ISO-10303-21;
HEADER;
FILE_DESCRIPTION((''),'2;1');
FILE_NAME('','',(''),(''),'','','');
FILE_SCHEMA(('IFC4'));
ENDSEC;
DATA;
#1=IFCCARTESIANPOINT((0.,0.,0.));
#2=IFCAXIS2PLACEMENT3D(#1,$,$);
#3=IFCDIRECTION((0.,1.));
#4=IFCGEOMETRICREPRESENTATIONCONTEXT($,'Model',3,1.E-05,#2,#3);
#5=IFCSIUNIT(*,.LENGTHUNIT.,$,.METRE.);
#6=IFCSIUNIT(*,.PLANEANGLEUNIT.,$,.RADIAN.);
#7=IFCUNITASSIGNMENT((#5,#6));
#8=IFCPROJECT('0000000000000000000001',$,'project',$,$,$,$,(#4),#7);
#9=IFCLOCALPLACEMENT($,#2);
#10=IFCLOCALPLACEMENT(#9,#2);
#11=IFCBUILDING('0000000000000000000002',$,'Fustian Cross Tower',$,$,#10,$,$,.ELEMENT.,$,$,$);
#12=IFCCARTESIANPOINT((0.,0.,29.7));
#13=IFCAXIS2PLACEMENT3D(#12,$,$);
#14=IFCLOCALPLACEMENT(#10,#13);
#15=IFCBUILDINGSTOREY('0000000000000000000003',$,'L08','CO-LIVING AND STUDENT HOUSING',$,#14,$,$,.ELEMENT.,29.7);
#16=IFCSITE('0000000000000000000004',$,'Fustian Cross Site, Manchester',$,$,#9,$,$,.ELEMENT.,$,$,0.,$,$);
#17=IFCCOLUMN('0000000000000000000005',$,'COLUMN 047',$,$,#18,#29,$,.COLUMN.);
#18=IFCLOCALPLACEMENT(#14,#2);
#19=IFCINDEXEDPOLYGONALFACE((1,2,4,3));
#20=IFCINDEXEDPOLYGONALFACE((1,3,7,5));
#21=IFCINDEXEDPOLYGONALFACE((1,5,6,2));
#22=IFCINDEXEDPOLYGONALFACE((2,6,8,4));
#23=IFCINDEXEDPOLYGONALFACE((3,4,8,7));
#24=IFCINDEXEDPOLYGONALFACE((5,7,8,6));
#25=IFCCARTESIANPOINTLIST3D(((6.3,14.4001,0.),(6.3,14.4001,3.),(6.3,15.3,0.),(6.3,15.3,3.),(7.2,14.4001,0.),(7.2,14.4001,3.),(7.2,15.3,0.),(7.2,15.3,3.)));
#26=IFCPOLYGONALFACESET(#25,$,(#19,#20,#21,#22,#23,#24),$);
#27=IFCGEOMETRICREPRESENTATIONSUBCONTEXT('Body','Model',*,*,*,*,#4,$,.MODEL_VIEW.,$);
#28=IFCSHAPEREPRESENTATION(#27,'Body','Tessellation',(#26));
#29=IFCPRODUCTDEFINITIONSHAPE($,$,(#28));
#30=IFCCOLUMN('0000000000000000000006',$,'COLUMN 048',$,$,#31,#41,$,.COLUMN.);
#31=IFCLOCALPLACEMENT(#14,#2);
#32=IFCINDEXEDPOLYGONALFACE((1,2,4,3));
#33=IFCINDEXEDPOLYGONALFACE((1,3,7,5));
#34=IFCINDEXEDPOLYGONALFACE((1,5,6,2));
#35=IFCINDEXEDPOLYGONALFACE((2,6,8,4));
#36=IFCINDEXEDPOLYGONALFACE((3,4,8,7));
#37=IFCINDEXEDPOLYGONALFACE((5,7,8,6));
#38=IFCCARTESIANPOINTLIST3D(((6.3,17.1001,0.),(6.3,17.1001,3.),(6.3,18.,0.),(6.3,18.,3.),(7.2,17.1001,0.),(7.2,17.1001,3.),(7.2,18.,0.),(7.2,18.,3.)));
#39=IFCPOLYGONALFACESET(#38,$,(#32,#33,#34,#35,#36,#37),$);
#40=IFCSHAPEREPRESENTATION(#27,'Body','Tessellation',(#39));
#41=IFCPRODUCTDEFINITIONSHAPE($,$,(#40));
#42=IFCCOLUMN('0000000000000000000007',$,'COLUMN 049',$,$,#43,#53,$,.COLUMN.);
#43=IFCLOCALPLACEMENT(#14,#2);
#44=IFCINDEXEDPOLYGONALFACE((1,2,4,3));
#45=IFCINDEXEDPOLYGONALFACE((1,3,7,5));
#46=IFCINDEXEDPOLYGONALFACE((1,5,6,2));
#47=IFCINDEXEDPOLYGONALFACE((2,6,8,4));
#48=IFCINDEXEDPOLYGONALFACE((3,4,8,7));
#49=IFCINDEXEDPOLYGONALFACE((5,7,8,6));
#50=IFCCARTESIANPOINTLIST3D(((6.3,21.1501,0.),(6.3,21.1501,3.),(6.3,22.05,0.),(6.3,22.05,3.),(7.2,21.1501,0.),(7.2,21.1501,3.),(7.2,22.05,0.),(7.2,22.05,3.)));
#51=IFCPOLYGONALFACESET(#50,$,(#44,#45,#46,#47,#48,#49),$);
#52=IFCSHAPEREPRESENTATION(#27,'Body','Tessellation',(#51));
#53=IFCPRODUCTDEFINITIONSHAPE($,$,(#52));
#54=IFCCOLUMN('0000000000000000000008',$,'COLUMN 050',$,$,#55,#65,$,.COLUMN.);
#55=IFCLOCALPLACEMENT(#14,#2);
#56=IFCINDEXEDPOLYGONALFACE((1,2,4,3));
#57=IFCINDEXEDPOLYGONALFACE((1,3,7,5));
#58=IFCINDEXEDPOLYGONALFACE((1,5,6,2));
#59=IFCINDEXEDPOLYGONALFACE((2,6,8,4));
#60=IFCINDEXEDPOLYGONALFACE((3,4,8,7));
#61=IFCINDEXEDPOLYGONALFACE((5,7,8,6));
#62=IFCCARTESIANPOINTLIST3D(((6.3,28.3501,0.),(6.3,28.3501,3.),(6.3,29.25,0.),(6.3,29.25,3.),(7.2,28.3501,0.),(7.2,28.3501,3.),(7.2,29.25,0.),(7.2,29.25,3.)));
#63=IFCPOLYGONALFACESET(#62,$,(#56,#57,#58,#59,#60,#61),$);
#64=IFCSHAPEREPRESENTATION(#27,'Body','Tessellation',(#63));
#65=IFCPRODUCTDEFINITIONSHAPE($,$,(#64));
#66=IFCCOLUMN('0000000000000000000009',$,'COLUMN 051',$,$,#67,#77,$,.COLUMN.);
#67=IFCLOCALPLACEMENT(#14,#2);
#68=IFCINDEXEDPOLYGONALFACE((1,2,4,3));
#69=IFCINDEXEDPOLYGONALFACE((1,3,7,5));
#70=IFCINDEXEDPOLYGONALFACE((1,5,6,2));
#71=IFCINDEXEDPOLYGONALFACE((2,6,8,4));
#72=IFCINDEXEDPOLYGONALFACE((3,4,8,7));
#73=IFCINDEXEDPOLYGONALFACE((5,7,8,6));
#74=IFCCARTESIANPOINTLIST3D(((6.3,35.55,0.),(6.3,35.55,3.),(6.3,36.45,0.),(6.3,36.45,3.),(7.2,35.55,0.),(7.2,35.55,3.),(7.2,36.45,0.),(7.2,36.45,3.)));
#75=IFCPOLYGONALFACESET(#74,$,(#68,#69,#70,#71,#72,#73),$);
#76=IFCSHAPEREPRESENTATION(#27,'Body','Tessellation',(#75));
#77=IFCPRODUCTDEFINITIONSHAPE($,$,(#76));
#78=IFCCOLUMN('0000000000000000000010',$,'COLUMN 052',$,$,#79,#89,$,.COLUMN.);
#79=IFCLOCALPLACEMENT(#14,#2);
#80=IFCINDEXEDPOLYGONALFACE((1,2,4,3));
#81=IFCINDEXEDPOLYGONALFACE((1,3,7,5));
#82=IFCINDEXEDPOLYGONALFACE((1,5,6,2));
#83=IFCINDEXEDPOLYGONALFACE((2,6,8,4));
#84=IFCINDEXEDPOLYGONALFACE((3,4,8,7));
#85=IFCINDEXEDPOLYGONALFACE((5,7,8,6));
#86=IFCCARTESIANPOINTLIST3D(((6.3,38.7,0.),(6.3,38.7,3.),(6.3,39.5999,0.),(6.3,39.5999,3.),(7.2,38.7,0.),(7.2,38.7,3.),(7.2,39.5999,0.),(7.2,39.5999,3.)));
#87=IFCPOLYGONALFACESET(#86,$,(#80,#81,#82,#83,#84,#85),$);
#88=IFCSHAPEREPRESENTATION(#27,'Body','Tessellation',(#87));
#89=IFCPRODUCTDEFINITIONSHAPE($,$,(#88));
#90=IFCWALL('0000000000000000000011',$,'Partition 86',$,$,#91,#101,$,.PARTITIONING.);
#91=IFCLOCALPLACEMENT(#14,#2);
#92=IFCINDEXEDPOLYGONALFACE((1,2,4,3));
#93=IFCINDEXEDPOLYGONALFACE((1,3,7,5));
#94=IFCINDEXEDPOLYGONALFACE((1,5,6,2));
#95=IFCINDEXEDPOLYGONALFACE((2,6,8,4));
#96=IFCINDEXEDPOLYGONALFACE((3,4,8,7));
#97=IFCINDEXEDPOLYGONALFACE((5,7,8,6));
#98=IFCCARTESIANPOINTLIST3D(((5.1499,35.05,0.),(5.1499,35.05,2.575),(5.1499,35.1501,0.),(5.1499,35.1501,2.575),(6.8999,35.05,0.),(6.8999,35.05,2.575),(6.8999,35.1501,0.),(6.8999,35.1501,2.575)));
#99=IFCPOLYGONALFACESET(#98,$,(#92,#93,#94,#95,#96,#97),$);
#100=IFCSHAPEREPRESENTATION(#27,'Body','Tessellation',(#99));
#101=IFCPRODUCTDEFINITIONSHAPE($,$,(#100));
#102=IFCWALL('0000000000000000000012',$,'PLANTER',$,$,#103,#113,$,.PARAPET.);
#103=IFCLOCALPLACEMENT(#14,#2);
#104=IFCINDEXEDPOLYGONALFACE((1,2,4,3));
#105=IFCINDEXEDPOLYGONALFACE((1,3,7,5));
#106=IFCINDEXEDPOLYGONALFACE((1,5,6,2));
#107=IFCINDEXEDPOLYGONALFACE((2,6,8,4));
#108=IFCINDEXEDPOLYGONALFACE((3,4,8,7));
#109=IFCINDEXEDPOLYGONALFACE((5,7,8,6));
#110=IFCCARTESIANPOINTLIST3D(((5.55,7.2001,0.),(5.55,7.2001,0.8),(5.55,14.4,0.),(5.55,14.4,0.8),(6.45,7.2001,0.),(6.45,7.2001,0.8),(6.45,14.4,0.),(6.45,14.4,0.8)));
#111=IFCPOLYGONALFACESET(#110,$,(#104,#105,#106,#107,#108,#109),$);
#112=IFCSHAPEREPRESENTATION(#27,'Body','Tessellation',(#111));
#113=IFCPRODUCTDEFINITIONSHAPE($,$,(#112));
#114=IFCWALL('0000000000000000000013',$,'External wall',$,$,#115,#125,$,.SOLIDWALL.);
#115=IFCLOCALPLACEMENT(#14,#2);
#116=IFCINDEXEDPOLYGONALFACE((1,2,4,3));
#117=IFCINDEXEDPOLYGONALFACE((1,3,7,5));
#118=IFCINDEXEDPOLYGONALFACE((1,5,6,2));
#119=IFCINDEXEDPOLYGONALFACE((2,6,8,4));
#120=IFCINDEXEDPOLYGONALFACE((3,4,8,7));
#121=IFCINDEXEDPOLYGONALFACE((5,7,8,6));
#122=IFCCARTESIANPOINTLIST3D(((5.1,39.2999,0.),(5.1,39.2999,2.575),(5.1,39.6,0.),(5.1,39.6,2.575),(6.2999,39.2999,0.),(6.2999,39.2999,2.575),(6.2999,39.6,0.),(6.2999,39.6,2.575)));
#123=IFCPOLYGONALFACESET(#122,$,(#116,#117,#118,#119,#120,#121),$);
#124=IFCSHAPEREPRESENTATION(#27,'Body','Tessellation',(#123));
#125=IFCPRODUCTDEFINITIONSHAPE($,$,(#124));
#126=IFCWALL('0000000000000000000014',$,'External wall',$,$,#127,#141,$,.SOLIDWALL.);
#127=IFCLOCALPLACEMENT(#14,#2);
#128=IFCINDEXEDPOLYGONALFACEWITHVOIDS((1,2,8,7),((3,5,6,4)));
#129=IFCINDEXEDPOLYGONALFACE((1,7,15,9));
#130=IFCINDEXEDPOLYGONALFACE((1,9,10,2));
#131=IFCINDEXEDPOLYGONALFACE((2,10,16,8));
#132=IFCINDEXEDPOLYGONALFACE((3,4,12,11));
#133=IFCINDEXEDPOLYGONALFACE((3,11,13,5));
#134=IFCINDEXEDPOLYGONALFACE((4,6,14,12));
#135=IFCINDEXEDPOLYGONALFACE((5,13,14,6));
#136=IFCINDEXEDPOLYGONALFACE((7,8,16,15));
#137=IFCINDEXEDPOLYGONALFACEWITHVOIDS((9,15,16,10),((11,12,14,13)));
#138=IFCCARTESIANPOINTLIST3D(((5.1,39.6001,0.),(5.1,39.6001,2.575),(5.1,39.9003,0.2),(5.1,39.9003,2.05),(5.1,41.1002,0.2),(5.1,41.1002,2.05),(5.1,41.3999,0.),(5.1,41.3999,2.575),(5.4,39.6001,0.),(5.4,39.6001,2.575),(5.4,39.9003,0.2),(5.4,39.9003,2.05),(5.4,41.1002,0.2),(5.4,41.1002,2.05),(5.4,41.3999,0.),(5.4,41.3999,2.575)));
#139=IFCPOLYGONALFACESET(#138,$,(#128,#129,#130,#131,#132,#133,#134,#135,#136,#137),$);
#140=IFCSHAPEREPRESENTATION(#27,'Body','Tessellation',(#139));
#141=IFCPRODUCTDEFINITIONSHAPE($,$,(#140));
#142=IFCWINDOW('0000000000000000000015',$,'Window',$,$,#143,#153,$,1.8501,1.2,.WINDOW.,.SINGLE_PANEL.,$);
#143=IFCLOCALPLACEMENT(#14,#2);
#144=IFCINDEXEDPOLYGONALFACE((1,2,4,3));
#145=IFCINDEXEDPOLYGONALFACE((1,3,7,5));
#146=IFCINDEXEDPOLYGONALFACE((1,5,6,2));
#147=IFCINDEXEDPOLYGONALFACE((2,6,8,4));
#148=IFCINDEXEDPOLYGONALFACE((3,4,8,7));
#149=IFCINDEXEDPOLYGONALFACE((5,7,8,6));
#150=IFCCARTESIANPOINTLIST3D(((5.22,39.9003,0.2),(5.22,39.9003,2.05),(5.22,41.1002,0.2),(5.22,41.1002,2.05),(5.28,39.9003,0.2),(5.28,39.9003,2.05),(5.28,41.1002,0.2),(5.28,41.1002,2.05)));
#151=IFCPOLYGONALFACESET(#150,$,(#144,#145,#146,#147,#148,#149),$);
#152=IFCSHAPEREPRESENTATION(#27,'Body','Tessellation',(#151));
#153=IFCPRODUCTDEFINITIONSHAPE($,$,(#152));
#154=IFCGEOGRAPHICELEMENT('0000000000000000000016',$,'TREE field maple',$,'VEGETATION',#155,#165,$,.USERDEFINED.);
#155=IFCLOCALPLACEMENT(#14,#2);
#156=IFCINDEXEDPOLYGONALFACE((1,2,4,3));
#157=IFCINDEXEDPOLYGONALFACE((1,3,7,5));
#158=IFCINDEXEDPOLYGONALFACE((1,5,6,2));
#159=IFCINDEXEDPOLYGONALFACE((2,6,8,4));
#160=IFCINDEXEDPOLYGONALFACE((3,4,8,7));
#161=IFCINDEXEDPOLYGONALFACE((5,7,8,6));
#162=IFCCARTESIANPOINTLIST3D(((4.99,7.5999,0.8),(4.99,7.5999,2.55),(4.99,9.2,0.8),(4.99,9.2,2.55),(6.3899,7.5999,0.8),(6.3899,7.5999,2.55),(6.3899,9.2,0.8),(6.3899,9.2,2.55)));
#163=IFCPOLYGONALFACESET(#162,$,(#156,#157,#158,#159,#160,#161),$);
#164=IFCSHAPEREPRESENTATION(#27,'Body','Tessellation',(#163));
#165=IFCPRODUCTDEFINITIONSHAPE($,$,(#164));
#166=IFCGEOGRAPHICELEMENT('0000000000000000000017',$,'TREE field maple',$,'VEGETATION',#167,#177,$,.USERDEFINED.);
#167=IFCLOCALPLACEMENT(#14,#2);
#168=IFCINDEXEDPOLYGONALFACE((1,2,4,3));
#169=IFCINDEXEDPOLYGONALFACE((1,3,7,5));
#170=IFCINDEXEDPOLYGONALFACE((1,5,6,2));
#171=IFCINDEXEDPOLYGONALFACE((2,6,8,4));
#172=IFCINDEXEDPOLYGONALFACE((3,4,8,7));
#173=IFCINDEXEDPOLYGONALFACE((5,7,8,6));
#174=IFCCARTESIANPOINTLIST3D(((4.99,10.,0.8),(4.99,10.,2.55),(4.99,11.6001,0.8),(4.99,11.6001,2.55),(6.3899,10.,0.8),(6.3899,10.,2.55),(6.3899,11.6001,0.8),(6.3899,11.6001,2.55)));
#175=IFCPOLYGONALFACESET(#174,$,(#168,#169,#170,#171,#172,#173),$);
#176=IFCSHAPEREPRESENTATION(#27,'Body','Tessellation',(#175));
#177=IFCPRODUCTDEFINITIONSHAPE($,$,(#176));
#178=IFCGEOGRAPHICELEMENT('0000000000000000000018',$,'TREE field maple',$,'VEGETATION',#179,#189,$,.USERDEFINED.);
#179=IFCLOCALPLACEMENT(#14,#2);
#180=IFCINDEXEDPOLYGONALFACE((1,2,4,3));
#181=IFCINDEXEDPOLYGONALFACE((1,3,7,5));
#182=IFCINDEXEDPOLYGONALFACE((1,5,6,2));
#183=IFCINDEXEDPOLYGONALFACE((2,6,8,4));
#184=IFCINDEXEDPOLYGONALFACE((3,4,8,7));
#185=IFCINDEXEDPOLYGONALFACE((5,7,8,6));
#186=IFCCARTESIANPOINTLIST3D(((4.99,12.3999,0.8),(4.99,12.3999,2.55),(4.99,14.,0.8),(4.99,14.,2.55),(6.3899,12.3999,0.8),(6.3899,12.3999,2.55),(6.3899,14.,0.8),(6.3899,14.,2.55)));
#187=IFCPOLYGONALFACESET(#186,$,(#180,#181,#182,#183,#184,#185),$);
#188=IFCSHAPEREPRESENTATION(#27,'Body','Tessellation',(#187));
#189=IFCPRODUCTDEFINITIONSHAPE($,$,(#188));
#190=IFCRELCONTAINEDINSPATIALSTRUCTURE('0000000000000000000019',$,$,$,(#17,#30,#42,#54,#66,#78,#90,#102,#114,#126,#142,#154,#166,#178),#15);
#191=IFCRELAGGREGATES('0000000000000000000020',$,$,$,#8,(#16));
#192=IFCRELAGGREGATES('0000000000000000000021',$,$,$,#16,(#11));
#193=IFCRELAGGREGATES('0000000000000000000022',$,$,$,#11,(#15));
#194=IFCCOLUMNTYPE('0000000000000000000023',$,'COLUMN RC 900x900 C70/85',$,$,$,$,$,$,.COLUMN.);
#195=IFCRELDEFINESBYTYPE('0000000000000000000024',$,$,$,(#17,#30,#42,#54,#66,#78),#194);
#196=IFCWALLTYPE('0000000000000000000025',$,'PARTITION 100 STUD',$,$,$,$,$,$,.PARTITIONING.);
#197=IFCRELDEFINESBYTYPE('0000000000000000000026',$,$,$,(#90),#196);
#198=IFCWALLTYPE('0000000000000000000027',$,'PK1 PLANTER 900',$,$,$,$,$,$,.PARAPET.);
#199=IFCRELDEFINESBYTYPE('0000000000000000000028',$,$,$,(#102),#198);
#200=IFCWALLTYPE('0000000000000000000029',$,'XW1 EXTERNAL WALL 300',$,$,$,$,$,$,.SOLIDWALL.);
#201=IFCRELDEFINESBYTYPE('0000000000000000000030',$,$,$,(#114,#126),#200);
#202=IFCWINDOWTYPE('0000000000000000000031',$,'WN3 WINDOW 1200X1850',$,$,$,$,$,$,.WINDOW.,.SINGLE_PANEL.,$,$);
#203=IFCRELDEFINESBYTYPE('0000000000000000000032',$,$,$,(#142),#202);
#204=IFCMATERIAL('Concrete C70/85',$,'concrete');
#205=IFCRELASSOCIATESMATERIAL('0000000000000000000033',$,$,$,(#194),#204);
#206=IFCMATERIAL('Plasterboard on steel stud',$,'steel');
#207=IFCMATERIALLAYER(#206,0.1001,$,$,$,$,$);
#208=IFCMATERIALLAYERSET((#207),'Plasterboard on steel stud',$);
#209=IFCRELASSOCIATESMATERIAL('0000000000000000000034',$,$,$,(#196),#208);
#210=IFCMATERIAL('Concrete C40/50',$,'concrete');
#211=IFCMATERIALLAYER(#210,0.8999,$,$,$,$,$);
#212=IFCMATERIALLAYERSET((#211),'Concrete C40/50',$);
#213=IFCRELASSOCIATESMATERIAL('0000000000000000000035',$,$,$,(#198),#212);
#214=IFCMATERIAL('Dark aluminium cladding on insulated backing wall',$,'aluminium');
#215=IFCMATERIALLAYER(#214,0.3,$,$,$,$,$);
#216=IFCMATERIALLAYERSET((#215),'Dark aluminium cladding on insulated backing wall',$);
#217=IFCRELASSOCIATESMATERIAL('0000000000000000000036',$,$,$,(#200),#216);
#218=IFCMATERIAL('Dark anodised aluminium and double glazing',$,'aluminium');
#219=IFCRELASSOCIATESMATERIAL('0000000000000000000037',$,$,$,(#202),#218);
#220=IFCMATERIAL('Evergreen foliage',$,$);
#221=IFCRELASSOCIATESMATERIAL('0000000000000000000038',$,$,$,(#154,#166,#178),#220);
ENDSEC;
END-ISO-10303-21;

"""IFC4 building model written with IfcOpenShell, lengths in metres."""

from ifc_helpers import new_model, si_unit, direction, frame, frame_2d, origin, origin_2d, place, context, subcontext, project, spatial, rectangle, extrude, material, layer, layer_set, material_profile, profile_set, type_object, element, fill, save


model = new_model("IFC4")

# Units and contexts
model_context = context("Model", 3, precision=1e-05, world=origin(), true_north=direction((0.0, 1.0)))
body_context = subcontext(model_context, "Body", "Model", "MODEL_VIEW")
ifc_project = project(units=[si_unit("LENGTHUNIT", "METRE"), si_unit("PLANEANGLEUNIT", "RADIAN")], contexts=[model_context])

# Site, building, storey
site_placement = place(None, origin())
site = spatial("IfcSite", under=ifc_project, at=site_placement, Name="Fustian Cross Site, Manchester", CompositionType="ELEMENT", RefElevation=0.0)
building_placement = place(site_placement, origin())
building = spatial("IfcBuilding", under=site, at=building_placement, Name="Fustian Cross Tower", CompositionType="ELEMENT")
storey_placement = place(building_placement, frame((0.0, 0.0, 29.7)))
storey = spatial("IfcBuildingStorey", under=building, at=storey_placement, Name="L08", Description="CO-LIVING AND STUDENT HOUSING", CompositionType="ELEMENT", Elevation=29.7)

# Columns
ifc_material_1 = material(Name="Concrete C70/85", Category="concrete")
ifc_material_profile = material_profile(ifc_material_1, rectangle(XDim=0.8999, YDim=0.8999, at=origin_2d()), Name="RC 900x900")
ifc_profile_set = profile_set([ifc_material_profile], Name="Concrete C70/85")
column_type = type_object("IfcColumnType", Name="COLUMN RC 900x900 C70/85", PredefinedType="COLUMN", material=ifc_profile_set)
for number, where, z_axis, x_axis, name in (
    (1, (6.75, 14.8501, 0.0), (0.0, 0.0, 1.0), (1.0, 0.0, 0.0), "COLUMN 047"),
    (2, (6.75, 17.55, 0.0), (0.0, 0.0, 1.0), (1.0, 0.0, 0.0), "COLUMN 048"),
    (3, (6.75, 21.6001, 0.0), (0.0, 0.0, 1.0), (1.0, 0.0, 0.0), "COLUMN 049"),
    (4, (6.75, 28.8, 0.0), (0.0, 0.0, 1.0), (1.0, 0.0, 0.0), "COLUMN 050"),
    (5, (6.75, 36.0, 0.0), (0.0, 0.0, 1.0), (1.0, 0.0, 0.0), "COLUMN 051"),
    (6, (6.75, 39.1499, 0.0), (0.0, 0.0, 1.0), (1.0, 0.0, 0.0), "COLUMN 052"),
):
    element("IfcColumn", number, at=place(storey_placement, frame(where, z_axis=z_axis, x_axis=x_axis)), inside=storey, type_object=column_type, Name=name, PredefinedType="COLUMN", context=body_context, shape_type="SweptSolid", body=[
        extrude(rectangle(XDim=0.8999, YDim=0.8999, at=origin_2d()), origin(), (0.0, 0.0, 1.0), 3.0),
    ])

# Walls
ifc_material_2 = material(Name="Plasterboard on steel stud", Category="steel")
ifc_layer_1 = layer(ifc_material_2, 0.1001)
ifc_layer_set_1 = layer_set([ifc_layer_1], Name="Plasterboard on steel stud")
wall_type_1 = type_object("IfcWallType", Name="PARTITION 100 STUD", PredefinedType="PARTITIONING", material=ifc_layer_set_1)
wall_1_placement = place(storey_placement, frame((5.1499, 35.1001, 0.0), z_axis=(0.0, 0.0, 1.0), x_axis=(1.0, 0.0, 0.0)))
element("IfcWall", 7, at=wall_1_placement, inside=storey, type_object=wall_type_1, Name="Partition 86", PredefinedType="PARTITIONING", context=body_context, shape_type="SweptSolid", body=[
    extrude(rectangle(XDim=1.75, YDim=0.1001, at=frame_2d((0.875, 0.0))), origin(), (0.0, 0.0, 1.0), 2.575),
])
ifc_material_3 = material(Name="Concrete C40/50", Category="concrete")
ifc_layer_2 = layer(ifc_material_3, 0.8999)
ifc_layer_set_2 = layer_set([ifc_layer_2], Name="Concrete C40/50")
wall_type_2 = type_object("IfcWallType", Name="PK1 PLANTER 900", PredefinedType="PARAPET", material=ifc_layer_set_2)
wall_2_placement = place(storey_placement, frame((6.0, 7.2, 0.0), z_axis=(0.0, 0.0, 1.0), x_axis=(0.0, 1.0, 0.0)))
element("IfcWall", 8, at=wall_2_placement, inside=storey, type_object=wall_type_2, Name="PLANTER", PredefinedType="PARAPET", context=body_context, shape_type="SweptSolid", body=[
    extrude(rectangle(XDim=7.2, YDim=0.8999, at=frame_2d((3.6001, 0.0))), origin(), (0.0, 0.0, 1.0), 0.8),
])
ifc_material_4 = material(Name="Dark aluminium cladding on insulated backing wall", Category="aluminium")
ifc_layer_3 = layer(ifc_material_4, 0.3)
ifc_layer_set_3 = layer_set([ifc_layer_3], Name="Dark aluminium cladding on insulated backing wall")
wall_type_3 = type_object("IfcWallType", Name="XW1 EXTERNAL WALL 300", PredefinedType="SOLIDWALL", material=ifc_layer_set_3)
wall_3_placement = place(storey_placement, frame((6.3, 39.45, 0.0), z_axis=(0.0, 0.0, 1.0), x_axis=(-1.0, 0.0, 0.0)))
element("IfcWall", 9, at=wall_3_placement, inside=storey, type_object=wall_type_3, Name="External wall", PredefinedType="SOLIDWALL", context=body_context, shape_type="SweptSolid", body=[
    extrude(rectangle(XDim=1.2, YDim=0.3, at=frame_2d((0.6001, 0.0))), origin(), (0.0, 0.0, 1.0), 2.575),
])

# Wall, opening, window
wall_4_placement = place(storey_placement, frame((5.25, 39.6001, 0.0), z_axis=(0.0, 0.0, 1.0), x_axis=(0.0, 1.0, 0.0)))
wall_4 = element("IfcWall", 10, at=wall_4_placement, inside=storey, type_object=wall_type_3, Name="External wall", PredefinedType="SOLIDWALL", context=body_context, shape_type="SweptSolid", body=[
    extrude(rectangle(XDim=1.7998, YDim=0.3, at=frame_2d((0.8999, 0.0))), origin(), (0.0, 0.0, 1.0), 2.575),
])
opening_placement = place(wall_4_placement, frame((0.3, 0.0, 0.2)))
opening = element("IfcOpeningElement", 11, at=opening_placement, cuts=wall_4, PredefinedType="OPENING", context=body_context, shape_type="SweptSolid", body=[
    extrude(rectangle(XDim=1.2, YDim=1.8501, at=frame_2d((0.6001, 0.925))), frame((0.0, 0.1599, 0.0), z_axis=(0.0, -1.0, 0.0), x_axis=(1.0, 0.0, 0.0)), (0.0, 0.0, 1.0), 0.3201),
])
ifc_material_5 = material(Name="Dark anodised aluminium and double glazing", Category="aluminium")
window_type = type_object("IfcWindowType", Name="WN3 WINDOW 1200X1850", PartitioningType="SINGLE_PANEL", PredefinedType="WINDOW", material=ifc_material_5)
window_placement = place(opening_placement, origin())
window = element("IfcWindow", 12, at=window_placement, inside=storey, type_object=window_type, Name="Window", OverallHeight=1.8501, OverallWidth=1.2, PartitioningType="SINGLE_PANEL", PredefinedType="WINDOW", context=body_context, shape_type="SweptSolid", body=[
    extrude(rectangle(XDim=1.2, YDim=1.8501, at=frame_2d((0.6001, 0.925))), frame((0.0, 0.03, 0.0), z_axis=(0.0, -1.0, 0.0), x_axis=(1.0, 0.0, 0.0)), (0.0, 0.0, 1.0), 0.0601),
])
fill(opening, window)

# Geographic elements
ifc_material_6 = material(Name="Evergreen foliage")
for number, where, z_axis, x_axis, name in (
    (13, (5.6899, 8.3999, 0.8), (0.0, 0.0, 1.0), (1.0, 0.0, 0.0), "TREE field maple"),
    (14, (5.6899, 10.8, 0.8), (0.0, 0.0, 1.0), (1.0, 0.0, 0.0), "TREE field maple"),
    (15, (5.6899, 13.2, 0.8), (0.0, 0.0, 1.0), (1.0, 0.0, 0.0), "TREE field maple"),
):
    element("IfcGeographicElement", number, at=place(storey_placement, frame(where, z_axis=z_axis, x_axis=x_axis)), inside=storey, material=ifc_material_6, Name=name, ObjectType="VEGETATION", PredefinedType="USERDEFINED", context=body_context, shape_type="SweptSolid", body=[
        extrude(rectangle(XDim=1.3999, YDim=1.6001, at=origin_2d()), origin(), (0.0, 0.0, 1.0), 1.75),
    ])

save(model, "model.ifc")
